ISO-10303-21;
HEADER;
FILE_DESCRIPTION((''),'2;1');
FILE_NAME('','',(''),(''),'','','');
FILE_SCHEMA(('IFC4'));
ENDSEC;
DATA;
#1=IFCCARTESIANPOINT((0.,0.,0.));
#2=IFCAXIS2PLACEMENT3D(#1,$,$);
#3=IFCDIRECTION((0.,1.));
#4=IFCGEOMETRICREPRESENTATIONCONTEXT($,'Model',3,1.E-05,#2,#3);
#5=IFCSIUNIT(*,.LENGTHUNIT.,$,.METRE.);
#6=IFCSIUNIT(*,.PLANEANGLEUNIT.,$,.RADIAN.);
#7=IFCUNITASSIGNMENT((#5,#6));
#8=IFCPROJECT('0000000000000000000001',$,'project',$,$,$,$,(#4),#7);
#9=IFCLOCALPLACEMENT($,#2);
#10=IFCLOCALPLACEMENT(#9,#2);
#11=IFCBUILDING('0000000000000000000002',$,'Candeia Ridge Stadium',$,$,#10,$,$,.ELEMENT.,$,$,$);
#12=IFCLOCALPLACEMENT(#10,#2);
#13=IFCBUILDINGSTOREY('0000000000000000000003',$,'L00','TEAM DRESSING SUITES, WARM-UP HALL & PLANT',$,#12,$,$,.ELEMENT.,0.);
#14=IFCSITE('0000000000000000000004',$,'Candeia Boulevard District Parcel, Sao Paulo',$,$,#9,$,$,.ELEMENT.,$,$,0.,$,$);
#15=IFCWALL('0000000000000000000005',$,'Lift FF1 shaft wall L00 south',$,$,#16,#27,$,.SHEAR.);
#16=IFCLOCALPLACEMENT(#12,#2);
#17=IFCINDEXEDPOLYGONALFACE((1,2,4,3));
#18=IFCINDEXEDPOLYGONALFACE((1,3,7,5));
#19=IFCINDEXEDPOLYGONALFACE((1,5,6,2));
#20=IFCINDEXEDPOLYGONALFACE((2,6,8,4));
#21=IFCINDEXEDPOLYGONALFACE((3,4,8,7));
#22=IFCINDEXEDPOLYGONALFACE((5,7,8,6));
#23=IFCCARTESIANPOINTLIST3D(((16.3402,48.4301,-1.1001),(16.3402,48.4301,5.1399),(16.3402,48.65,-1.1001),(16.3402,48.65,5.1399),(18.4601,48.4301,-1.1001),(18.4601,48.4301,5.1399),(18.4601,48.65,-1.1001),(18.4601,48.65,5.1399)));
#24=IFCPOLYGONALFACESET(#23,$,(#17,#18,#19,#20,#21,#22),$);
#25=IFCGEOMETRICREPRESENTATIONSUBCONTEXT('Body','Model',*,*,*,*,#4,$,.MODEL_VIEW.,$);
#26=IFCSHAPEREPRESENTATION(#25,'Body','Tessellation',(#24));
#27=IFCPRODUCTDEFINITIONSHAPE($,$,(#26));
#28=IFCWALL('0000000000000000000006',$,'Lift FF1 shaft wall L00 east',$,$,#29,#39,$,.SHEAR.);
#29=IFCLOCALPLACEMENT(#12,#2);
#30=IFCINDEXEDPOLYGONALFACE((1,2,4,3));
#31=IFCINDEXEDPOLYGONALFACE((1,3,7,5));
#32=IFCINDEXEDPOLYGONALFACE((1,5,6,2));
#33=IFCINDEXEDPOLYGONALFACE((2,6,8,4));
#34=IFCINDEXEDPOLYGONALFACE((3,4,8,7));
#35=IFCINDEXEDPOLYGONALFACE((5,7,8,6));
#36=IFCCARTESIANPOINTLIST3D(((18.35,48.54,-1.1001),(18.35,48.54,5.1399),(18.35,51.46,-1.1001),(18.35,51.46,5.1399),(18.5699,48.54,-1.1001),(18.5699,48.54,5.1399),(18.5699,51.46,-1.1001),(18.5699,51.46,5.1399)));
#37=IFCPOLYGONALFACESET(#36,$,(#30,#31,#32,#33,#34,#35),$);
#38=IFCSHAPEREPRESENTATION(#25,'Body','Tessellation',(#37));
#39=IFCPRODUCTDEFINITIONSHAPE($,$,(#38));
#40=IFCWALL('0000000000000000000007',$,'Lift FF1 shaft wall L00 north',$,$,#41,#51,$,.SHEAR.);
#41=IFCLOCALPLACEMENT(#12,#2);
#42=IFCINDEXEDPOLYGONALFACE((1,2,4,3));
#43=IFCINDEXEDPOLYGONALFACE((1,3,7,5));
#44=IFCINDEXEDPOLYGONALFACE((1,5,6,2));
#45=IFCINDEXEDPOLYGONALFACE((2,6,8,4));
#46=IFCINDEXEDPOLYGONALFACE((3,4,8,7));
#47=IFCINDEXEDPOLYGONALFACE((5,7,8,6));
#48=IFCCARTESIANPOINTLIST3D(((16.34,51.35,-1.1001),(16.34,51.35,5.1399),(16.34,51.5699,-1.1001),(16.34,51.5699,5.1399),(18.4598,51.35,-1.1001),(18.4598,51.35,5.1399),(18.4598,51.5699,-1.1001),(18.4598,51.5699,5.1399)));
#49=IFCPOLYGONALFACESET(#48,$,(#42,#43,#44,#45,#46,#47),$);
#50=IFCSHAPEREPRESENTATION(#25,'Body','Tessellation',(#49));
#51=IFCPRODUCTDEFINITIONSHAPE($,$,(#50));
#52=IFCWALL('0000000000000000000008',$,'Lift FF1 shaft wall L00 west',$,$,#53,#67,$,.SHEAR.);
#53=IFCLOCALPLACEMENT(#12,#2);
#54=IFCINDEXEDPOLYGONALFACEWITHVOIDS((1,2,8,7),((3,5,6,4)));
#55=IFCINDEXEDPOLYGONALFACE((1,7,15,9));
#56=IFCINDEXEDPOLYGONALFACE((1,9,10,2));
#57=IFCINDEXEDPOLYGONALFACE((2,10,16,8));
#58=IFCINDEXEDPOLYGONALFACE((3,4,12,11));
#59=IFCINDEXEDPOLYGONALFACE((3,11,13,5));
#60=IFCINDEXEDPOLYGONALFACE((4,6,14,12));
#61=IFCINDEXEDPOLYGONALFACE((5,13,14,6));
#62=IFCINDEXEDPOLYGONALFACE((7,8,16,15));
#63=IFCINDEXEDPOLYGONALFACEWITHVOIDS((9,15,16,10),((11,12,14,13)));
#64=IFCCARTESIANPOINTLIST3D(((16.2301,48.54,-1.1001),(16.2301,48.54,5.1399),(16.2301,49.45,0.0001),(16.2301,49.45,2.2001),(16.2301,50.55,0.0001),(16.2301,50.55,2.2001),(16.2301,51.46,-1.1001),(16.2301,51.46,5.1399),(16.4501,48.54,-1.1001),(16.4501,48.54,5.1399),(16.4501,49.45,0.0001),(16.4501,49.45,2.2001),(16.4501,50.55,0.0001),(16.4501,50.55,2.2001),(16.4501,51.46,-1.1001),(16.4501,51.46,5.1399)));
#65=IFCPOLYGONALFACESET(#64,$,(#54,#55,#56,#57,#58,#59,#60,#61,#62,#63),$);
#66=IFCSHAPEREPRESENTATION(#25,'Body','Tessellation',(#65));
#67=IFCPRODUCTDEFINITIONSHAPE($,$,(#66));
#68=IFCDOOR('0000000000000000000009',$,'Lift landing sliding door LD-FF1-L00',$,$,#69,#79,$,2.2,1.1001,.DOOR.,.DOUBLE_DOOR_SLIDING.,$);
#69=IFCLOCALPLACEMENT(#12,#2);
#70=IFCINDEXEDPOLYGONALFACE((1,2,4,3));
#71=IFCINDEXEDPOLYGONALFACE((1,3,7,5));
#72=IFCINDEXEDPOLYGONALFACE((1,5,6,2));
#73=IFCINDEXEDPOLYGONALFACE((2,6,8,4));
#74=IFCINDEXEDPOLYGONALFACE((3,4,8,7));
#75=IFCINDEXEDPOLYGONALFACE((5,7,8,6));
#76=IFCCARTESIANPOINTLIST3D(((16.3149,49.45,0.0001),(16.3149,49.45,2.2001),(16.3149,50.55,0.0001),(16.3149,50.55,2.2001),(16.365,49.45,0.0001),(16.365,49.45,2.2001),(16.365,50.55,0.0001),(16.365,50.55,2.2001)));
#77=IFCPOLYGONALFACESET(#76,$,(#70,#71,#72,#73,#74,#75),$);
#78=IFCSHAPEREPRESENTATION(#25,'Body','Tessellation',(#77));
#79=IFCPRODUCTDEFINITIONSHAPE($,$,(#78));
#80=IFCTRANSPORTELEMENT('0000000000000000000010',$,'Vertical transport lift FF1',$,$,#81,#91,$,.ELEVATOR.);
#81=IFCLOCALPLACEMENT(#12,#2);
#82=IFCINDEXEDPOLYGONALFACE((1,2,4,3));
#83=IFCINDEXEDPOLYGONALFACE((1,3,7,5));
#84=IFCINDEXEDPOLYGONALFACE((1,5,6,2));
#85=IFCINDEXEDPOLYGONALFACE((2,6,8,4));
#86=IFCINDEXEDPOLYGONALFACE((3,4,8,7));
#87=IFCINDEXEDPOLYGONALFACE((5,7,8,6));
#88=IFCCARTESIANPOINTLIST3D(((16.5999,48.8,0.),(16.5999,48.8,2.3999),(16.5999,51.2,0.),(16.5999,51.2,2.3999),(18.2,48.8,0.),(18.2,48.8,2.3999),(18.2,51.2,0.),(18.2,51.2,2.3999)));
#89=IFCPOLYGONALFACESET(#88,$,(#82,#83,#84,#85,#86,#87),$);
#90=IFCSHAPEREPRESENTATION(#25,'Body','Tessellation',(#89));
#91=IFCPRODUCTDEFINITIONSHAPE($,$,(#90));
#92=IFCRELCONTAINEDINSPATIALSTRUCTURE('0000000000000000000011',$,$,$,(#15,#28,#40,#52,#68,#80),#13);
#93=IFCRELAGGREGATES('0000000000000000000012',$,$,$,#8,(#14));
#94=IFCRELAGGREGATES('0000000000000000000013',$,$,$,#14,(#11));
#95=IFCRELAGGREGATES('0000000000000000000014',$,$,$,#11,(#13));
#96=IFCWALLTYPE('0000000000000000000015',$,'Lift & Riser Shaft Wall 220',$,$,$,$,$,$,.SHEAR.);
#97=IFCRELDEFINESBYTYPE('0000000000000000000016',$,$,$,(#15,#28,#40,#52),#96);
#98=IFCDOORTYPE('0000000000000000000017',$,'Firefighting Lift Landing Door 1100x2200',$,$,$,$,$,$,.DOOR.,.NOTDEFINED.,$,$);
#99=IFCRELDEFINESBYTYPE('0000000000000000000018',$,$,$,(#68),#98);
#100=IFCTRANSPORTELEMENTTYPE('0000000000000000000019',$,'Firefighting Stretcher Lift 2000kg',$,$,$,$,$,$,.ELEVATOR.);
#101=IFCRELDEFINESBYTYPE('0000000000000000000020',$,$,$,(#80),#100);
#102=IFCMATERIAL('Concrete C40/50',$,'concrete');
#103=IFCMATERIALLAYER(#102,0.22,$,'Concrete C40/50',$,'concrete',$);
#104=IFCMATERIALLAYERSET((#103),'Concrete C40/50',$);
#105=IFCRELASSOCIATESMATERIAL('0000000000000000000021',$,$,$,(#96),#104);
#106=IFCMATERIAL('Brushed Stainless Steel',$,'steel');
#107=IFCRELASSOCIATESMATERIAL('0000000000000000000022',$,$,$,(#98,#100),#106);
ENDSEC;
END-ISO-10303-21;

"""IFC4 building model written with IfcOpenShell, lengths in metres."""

from ifc_helpers import new_model, si_unit, direction, frame, frame_2d, origin, origin_2d, place, context, subcontext, project, spatial, rectangle, extrude, material, layer, layer_set, type_object, element, fill, save


model = new_model("IFC4")

# Units and contexts
model_context = context("Model", 3, precision=1e-05, world=origin(), true_north=direction((0.0, 1.0)))
body_context = subcontext(model_context, "Body", "Model", "MODEL_VIEW")
ifc_project = project(units=[si_unit("LENGTHUNIT", "METRE"), si_unit("PLANEANGLEUNIT", "RADIAN")], contexts=[model_context])

# Site, building, storey
site_placement = place(None, origin())
site = spatial("IfcSite", under=ifc_project, at=site_placement, Name="Candeia Boulevard District Parcel, Sao Paulo", CompositionType="ELEMENT", RefElevation=0.0)
building_placement = place(site_placement, origin())
building = spatial("IfcBuilding", under=site, at=building_placement, Name="Candeia Ridge Stadium", CompositionType="ELEMENT")
storey_placement = place(building_placement, origin())
storey = spatial("IfcBuildingStorey", under=building, at=storey_placement, Name="L00", Description="TEAM DRESSING SUITES, WARM-UP HALL & PLANT", CompositionType="ELEMENT", Elevation=0.0)

# Shared definitions
ifc_material_1 = material(Name="Concrete C40/50", Category="concrete")

# Walls
ifc_layer_1 = layer(ifc_material_1, 0.22, Name="Concrete C40/50", Category="concrete")
ifc_layer_set_1 = layer_set([ifc_layer_1], Name="Concrete C40/50")
wall_type_1 = type_object("IfcWallType", Name="Lift & Riser Shaft Wall 220", PredefinedType="SHEAR", material=ifc_layer_set_1)
wall_1_placement = place(storey_placement, frame((16.3401, 48.54, -1.1001), z_axis=(0.0, 0.0, 1.0), x_axis=(1.0, 0.0, 0.0)))
element("IfcWall", 1, at=wall_1_placement, inside=storey, type_object=wall_type_1, Name="Lift FF1 shaft wall L00 south", PredefinedType="SHEAR", context=body_context, shape_type="SweptSolid", body=[
    extrude(rectangle(XDim=2.1199, YDim=0.22, at=frame_2d((1.0601, 0.0))), origin(), (0.0, 0.0, 1.0), 6.24),
])
wall_2_placement = place(storey_placement, frame((18.46, 48.54, -1.1001), z_axis=(0.0, 0.0, 1.0), x_axis=(0.0, 1.0, 0.0)))
element("IfcWall", 2, at=wall_2_placement, inside=storey, type_object=wall_type_1, Name="Lift FF1 shaft wall L00 east", PredefinedType="SHEAR", context=body_context, shape_type="SweptSolid", body=[
    extrude(rectangle(XDim=2.9199, YDim=0.22, at=frame_2d((1.46, 0.0))), origin(), (0.0, 0.0, 1.0), 6.24),
])
wall_3_placement = place(storey_placement, frame((18.46, 51.46, -1.1001), z_axis=(0.0, 0.0, 1.0), x_axis=(-1.0, 0.0, 0.0)))
element("IfcWall", 3, at=wall_3_placement, inside=storey, type_object=wall_type_1, Name="Lift FF1 shaft wall L00 north", PredefinedType="SHEAR", context=body_context, shape_type="SweptSolid", body=[
    extrude(rectangle(XDim=2.1199, YDim=0.22, at=frame_2d((1.0601, 0.0))), origin(), (0.0, 0.0, 1.0), 6.24),
])

# Wall, opening, door
wall_4_placement = place(storey_placement, frame((16.3401, 51.46, -1.1001), z_axis=(0.0, 0.0, 1.0), x_axis=(0.0, -1.0, 0.0)))
wall_4 = element("IfcWall", 4, at=wall_4_placement, inside=storey, type_object=wall_type_1, Name="Lift FF1 shaft wall L00 west", PredefinedType="SHEAR", context=body_context, shape_type="SweptSolid", body=[
    extrude(rectangle(XDim=2.9199, YDim=0.22, at=frame_2d((1.46, 0.0))), origin(), (0.0, 0.0, 1.0), 6.24),
])
opening_1_placement = place(wall_4_placement, frame((0.9099, 0.0, 1.1001)))
opening_1 = element("IfcOpeningElement", 5, at=opening_1_placement, cuts=wall_4, PredefinedType="OPENING", context=body_context, shape_type="SweptSolid", body=[
    extrude(rectangle(XDim=1.1001, YDim=2.2, at=frame_2d((0.55, 1.1001))), frame((0.0, 0.1199, 0.0), z_axis=(0.0, -1.0, 0.0), x_axis=(1.0, 0.0, 0.0)), (0.0, 0.0, 1.0), 0.24),
])
ifc_material_2 = material(Name="Brushed Stainless Steel", Category="steel")
door_type_1 = type_object("IfcDoorType", Name="Firefighting Lift Landing Door 1100x2200", OperationType="NOTDEFINED", PredefinedType="DOOR", material=ifc_material_2)
door_1_placement = place(opening_1_placement, origin())
door_1 = element("IfcDoor", 6, at=door_1_placement, inside=storey, type_object=door_type_1, Name="Lift landing sliding door LD-FF1-L00", OperationType="DOUBLE_DOOR_SLIDING", OverallHeight=2.2, OverallWidth=1.1001, PredefinedType="DOOR", context=body_context, shape_type="SweptSolid", body=[
    extrude(rectangle(XDim=1.1001, YDim=2.2, at=frame_2d((0.55, 1.1001))), frame((0.0, 0.0249, 0.0), z_axis=(0.0, -1.0, 0.0), x_axis=(1.0, 0.0, 0.0)), (0.0, 0.0, 1.0), 0.05),
])
fill(opening_1, door_1)

# Transport element
transport_element_type = type_object("IfcTransportElementType", Name="Firefighting Stretcher Lift 2000kg", PredefinedType="ELEVATOR", material=ifc_material_2)
transport_element_placement = place(storey_placement, frame((17.3999, 50.0, 0.0), z_axis=(0.0, 0.0, 1.0), x_axis=(1.0, 0.0, 0.0)))
element("IfcTransportElement", 7, at=transport_element_placement, inside=storey, type_object=transport_element_type, Name="Vertical transport lift FF1", PredefinedType="ELEVATOR", context=body_context, shape_type="SweptSolid", body=[
    extrude(rectangle(XDim=1.6001, YDim=2.3999, at=origin_2d()), origin(), (0.0, 0.0, 1.0), 2.3999),
])

save(model, "model.ifc")
